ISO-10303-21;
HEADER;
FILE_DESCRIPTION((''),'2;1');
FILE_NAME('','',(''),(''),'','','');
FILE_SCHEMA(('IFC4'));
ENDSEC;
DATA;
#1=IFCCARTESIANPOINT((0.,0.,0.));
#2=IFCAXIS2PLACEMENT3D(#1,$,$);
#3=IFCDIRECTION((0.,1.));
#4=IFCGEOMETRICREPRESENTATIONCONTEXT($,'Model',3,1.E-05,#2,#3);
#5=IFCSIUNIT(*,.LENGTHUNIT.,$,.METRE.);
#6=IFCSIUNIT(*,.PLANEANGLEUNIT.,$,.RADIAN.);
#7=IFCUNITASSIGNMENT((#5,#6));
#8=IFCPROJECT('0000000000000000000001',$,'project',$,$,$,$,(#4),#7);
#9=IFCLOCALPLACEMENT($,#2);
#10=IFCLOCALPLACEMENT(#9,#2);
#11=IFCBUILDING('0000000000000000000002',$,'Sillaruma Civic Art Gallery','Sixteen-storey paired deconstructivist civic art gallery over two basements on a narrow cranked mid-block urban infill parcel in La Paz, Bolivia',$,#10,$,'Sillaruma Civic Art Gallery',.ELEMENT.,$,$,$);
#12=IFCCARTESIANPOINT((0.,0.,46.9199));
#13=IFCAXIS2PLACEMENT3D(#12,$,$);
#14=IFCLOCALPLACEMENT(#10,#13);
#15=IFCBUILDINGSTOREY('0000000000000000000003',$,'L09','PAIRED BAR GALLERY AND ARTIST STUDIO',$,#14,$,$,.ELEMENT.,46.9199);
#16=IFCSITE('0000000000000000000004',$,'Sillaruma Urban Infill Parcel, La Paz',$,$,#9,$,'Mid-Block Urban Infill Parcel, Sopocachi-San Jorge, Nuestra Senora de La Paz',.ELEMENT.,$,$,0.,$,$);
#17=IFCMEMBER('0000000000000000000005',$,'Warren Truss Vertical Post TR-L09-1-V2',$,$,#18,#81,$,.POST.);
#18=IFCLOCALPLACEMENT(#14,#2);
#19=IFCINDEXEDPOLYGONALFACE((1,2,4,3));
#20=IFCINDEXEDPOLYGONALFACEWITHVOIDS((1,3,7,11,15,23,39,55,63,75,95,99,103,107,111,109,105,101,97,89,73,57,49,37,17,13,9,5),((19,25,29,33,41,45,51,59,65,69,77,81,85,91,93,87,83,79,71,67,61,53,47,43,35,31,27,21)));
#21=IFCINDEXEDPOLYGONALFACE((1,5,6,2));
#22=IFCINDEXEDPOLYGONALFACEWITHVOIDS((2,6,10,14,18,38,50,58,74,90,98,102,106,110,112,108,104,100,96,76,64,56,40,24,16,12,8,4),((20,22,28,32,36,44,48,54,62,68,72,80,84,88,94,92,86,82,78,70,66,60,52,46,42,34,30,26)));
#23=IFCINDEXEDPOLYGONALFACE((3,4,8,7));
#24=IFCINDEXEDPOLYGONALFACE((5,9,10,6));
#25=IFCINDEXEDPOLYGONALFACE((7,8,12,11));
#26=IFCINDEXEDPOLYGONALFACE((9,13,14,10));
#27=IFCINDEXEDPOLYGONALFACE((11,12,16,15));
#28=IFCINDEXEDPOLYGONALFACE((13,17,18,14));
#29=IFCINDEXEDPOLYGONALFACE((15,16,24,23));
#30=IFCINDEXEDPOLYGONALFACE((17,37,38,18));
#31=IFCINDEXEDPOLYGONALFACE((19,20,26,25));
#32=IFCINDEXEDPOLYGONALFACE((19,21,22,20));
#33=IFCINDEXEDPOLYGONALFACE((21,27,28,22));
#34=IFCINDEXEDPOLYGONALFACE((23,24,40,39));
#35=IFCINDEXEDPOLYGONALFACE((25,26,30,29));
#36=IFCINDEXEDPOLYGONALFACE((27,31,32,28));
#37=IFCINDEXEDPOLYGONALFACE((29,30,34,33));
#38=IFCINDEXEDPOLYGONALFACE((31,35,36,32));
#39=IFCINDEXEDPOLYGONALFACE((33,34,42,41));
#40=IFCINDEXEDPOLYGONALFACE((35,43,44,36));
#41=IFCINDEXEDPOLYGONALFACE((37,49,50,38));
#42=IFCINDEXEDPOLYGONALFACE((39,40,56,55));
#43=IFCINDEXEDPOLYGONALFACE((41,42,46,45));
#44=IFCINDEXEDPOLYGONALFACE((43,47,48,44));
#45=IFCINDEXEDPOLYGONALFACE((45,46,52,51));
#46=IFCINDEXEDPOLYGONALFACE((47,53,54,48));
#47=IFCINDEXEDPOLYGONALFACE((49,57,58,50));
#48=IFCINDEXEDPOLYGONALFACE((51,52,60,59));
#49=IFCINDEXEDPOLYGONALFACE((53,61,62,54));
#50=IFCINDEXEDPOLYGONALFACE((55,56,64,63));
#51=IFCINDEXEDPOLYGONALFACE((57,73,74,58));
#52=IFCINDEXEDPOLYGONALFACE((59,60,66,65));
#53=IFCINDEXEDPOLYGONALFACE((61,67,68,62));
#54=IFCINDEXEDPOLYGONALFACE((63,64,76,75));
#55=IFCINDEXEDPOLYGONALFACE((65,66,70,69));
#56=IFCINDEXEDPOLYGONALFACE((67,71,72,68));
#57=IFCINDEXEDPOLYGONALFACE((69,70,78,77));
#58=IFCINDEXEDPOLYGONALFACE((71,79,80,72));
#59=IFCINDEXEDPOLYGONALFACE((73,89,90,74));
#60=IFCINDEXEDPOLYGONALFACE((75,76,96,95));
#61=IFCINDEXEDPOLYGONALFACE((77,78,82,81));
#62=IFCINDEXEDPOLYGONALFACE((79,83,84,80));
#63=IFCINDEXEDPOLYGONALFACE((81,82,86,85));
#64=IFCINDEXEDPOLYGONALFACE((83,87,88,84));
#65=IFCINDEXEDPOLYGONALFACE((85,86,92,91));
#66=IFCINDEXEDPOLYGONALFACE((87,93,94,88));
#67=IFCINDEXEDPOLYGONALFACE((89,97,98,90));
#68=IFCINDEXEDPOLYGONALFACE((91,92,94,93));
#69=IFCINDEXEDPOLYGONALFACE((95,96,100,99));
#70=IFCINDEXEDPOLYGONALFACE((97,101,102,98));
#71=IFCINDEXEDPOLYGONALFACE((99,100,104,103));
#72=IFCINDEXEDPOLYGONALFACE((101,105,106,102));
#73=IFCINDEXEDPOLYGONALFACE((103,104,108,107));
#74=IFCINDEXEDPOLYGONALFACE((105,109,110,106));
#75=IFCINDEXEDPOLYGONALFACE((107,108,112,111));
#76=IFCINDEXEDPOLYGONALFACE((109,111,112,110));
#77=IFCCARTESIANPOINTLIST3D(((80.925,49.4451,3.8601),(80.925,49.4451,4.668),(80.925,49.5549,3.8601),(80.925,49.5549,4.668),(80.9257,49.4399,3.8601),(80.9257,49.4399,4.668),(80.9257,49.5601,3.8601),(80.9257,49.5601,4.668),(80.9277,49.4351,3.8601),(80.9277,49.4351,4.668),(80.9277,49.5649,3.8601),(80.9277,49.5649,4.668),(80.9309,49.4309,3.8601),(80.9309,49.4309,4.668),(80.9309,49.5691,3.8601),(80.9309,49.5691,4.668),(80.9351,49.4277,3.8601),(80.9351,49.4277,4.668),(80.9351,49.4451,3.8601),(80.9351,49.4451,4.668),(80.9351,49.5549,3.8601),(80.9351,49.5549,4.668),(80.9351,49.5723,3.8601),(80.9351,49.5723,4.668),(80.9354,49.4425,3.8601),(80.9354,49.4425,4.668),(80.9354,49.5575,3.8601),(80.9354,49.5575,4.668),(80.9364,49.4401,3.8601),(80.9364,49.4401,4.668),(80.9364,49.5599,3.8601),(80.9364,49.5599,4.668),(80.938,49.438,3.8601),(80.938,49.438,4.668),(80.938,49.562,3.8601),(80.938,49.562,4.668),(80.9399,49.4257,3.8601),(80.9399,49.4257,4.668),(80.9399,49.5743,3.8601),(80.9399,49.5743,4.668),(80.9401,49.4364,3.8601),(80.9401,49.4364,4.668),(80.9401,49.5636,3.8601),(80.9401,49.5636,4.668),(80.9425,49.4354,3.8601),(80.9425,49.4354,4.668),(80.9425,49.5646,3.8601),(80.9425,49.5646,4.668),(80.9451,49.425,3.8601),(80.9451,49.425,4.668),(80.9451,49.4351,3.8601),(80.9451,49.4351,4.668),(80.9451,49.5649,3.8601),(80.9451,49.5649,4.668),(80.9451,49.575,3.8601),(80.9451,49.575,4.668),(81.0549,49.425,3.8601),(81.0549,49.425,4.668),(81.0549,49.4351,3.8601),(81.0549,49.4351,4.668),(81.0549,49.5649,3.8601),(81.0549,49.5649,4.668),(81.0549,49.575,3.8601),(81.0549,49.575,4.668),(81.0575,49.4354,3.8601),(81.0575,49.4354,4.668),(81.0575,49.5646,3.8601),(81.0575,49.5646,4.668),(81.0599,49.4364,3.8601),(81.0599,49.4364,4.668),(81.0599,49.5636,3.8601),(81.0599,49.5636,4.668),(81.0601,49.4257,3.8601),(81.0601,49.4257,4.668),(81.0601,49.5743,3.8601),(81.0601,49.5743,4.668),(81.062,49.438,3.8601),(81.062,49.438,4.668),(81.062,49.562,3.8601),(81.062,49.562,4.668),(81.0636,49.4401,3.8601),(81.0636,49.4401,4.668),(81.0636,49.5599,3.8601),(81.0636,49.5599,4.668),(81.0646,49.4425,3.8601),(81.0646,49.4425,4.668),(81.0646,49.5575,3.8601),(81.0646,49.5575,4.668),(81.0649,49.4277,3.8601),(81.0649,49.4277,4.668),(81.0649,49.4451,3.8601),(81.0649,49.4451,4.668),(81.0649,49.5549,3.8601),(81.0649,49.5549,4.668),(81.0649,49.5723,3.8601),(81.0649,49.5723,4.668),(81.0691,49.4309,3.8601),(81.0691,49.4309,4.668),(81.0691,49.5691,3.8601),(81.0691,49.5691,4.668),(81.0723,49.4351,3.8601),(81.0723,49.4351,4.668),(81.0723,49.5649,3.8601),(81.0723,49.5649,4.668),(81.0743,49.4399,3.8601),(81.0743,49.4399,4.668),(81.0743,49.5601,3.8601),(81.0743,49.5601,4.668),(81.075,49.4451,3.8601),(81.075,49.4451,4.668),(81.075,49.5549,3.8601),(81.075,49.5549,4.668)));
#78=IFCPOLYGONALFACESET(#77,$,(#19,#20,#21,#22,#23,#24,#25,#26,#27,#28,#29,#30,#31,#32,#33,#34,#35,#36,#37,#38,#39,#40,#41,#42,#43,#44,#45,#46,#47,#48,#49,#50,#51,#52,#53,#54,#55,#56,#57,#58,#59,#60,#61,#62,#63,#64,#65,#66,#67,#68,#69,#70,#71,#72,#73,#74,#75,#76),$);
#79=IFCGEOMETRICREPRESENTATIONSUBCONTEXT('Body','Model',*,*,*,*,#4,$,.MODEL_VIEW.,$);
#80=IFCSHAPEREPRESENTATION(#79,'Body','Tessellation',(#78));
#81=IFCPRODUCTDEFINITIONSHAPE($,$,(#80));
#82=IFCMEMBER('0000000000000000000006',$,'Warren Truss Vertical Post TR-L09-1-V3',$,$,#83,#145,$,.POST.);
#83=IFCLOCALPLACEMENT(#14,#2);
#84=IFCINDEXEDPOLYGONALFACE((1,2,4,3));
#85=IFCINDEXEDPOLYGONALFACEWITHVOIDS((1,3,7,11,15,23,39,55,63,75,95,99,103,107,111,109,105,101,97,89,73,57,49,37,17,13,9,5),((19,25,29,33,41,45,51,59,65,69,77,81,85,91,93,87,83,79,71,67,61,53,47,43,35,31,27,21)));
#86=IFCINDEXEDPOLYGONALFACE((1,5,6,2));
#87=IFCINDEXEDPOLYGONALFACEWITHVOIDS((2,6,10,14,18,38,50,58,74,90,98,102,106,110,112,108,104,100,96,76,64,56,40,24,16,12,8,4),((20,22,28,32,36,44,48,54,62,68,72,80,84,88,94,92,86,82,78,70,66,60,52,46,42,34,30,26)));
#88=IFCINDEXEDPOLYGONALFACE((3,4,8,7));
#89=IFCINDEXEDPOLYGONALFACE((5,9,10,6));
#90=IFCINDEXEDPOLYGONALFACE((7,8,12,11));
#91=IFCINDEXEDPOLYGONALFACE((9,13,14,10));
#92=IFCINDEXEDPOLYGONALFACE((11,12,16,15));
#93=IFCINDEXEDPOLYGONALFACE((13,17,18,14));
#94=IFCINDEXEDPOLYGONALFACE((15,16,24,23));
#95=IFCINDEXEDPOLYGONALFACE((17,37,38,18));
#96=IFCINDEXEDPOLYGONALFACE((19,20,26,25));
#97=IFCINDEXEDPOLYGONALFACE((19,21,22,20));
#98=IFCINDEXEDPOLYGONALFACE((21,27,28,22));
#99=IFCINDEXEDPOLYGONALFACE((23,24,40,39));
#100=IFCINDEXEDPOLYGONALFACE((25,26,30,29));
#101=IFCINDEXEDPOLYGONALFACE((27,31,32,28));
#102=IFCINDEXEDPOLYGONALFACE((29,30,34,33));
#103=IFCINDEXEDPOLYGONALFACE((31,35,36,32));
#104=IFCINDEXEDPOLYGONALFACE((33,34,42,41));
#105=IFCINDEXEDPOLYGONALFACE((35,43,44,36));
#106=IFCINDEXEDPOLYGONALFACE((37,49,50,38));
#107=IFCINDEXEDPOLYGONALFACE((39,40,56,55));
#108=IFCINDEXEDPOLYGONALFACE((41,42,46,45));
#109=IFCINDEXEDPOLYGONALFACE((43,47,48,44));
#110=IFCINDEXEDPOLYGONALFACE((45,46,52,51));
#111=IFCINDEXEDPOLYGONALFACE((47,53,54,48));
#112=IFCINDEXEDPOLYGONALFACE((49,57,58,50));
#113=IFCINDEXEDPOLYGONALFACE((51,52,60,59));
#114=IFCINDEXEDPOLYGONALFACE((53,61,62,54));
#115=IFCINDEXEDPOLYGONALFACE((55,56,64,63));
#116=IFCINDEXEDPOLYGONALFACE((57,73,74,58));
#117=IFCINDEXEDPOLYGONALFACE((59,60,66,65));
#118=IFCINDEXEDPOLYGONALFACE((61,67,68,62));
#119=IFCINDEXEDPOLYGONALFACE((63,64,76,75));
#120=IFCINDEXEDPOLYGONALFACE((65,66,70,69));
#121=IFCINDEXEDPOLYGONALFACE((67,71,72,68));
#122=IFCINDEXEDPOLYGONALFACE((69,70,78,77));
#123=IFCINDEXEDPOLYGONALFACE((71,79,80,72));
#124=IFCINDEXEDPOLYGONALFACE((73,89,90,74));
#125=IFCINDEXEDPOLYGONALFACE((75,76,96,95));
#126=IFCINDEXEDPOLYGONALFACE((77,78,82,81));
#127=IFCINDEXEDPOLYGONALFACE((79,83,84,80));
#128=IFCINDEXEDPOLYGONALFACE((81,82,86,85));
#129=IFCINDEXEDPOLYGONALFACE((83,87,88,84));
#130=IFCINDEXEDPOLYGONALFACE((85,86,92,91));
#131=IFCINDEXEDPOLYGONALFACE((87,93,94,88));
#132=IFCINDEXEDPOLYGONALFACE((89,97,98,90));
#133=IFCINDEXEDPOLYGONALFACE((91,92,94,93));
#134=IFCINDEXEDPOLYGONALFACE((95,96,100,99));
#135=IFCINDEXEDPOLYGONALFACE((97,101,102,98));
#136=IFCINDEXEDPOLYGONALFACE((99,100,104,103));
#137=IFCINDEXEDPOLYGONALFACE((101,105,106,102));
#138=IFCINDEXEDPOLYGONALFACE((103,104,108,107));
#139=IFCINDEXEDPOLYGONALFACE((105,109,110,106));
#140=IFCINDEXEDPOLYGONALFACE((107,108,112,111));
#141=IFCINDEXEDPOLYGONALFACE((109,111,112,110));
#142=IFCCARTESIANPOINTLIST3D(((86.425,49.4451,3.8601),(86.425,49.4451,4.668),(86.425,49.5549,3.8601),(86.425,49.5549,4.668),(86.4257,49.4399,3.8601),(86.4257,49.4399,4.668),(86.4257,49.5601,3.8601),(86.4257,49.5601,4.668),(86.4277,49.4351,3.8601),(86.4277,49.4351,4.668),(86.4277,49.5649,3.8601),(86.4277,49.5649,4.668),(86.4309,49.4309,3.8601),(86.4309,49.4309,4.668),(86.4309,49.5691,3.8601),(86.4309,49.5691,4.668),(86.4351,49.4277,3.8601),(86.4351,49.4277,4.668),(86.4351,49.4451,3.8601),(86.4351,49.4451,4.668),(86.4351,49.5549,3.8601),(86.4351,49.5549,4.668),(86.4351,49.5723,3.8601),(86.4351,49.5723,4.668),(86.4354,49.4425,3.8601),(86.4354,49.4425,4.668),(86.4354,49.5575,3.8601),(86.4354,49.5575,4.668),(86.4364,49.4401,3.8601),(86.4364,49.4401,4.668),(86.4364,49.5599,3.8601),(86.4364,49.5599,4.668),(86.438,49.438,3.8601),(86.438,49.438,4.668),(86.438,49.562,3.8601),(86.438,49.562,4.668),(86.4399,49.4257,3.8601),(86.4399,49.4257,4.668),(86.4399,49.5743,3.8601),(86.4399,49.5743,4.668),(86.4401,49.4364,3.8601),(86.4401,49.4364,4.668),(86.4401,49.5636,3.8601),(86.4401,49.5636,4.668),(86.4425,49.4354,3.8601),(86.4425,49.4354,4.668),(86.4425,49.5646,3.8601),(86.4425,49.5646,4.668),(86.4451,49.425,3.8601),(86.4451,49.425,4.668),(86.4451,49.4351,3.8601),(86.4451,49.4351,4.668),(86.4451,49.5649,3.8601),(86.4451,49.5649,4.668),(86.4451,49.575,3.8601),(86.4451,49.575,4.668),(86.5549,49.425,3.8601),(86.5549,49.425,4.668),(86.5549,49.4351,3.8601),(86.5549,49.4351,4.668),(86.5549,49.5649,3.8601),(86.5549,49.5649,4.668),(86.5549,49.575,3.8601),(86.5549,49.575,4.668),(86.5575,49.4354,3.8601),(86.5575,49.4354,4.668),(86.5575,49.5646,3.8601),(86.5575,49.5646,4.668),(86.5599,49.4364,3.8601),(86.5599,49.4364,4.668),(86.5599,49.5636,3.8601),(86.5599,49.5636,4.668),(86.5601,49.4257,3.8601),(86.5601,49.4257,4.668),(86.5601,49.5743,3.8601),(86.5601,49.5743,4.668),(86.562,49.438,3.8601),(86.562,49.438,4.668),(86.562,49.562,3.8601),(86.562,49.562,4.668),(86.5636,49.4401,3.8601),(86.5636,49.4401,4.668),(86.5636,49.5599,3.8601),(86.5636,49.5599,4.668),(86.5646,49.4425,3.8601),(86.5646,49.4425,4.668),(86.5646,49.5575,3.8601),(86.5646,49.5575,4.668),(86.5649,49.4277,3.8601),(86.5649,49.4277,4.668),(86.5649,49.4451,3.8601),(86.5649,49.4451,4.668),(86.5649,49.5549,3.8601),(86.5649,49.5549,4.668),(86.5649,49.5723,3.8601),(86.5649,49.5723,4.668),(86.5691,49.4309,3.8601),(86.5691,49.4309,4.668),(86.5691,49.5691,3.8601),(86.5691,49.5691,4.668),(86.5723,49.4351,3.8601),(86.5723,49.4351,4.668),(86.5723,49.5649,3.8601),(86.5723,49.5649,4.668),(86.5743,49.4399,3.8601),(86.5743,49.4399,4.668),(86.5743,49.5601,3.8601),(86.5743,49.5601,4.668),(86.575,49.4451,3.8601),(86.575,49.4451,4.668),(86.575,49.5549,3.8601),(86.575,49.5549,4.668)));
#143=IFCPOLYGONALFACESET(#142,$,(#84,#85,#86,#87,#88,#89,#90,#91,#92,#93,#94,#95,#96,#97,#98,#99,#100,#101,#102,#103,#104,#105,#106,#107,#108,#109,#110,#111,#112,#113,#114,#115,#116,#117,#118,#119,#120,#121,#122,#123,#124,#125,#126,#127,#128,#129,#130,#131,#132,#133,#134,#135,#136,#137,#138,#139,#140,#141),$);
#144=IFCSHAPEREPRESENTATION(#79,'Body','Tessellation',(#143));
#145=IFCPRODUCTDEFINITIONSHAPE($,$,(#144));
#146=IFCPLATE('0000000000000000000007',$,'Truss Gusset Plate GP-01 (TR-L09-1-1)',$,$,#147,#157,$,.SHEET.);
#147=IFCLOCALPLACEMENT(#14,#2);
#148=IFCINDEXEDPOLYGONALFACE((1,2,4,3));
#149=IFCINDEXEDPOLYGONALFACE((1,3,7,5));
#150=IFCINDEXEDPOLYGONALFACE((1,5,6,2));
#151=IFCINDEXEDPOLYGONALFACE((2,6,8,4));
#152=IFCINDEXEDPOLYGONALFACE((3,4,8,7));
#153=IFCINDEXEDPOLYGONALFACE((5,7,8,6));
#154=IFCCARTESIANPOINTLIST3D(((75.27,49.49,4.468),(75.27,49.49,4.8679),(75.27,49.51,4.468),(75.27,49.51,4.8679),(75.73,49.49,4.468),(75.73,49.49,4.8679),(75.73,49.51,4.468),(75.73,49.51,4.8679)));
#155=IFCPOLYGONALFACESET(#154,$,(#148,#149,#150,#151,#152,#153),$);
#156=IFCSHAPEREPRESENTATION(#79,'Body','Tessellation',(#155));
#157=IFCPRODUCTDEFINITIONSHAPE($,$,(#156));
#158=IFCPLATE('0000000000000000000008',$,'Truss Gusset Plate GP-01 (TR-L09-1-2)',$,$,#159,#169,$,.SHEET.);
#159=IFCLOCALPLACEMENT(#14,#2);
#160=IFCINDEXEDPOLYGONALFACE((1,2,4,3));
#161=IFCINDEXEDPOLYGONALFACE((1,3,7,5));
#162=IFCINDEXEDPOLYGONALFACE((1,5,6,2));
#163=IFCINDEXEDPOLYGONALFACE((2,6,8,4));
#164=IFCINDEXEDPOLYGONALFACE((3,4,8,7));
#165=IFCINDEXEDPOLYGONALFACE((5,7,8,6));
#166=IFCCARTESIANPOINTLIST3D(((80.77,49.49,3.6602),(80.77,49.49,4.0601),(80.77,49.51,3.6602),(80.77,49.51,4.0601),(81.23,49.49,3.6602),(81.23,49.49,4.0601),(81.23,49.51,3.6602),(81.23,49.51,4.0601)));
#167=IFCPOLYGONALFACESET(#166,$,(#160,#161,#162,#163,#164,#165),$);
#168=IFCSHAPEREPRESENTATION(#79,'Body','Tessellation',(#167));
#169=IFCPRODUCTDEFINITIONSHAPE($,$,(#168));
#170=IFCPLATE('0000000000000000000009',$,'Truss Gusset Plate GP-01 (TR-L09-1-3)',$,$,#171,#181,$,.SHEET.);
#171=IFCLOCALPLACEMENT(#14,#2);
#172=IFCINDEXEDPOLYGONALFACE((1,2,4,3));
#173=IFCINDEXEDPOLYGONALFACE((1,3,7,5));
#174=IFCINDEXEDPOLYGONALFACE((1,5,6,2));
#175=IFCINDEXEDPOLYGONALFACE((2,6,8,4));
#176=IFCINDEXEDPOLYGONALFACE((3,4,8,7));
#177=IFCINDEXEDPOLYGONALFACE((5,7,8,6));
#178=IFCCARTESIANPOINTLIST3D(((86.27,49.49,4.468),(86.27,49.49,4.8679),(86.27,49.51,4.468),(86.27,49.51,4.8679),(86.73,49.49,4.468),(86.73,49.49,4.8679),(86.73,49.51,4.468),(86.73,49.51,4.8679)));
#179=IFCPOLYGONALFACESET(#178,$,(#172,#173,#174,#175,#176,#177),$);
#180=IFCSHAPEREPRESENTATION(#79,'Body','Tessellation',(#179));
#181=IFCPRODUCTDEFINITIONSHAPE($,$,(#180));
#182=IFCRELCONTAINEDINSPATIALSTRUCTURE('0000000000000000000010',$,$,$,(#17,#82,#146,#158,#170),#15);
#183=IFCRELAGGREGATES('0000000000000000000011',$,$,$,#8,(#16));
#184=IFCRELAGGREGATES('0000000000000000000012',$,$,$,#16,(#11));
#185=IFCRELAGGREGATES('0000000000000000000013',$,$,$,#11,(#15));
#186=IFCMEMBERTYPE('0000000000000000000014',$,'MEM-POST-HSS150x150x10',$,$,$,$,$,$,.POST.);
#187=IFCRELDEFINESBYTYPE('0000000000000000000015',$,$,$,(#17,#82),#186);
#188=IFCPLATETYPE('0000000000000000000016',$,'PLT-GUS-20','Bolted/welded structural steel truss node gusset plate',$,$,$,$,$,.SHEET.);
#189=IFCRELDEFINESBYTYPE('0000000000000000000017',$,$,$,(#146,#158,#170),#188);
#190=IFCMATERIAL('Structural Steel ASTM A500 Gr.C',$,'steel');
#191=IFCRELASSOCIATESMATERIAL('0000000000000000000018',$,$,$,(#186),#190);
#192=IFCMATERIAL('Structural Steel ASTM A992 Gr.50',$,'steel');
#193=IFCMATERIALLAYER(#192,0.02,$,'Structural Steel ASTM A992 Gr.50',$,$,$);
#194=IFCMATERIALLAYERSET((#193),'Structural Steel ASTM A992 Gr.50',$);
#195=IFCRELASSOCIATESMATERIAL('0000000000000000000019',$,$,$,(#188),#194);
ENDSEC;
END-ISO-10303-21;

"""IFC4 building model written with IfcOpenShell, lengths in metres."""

from ifc_helpers import new_model, si_unit, direction, frame, origin, origin_2d, place, context, subcontext, project, spatial, rectangle, hollow_rectangle, extrude, material, layer, layer_set, material_profile, profile_set, type_object, element, save


model = new_model("IFC4")

# Units and contexts
model_context = context("Model", 3, precision=1e-05, world=origin(), true_north=direction((0.0, 1.0)))
body_context = subcontext(model_context, "Body", "Model", "MODEL_VIEW")
ifc_project = project(units=[si_unit("LENGTHUNIT", "METRE"), si_unit("PLANEANGLEUNIT", "RADIAN")], contexts=[model_context])

# Site, building, storey
site_placement = place(None, origin())
site = spatial("IfcSite", under=ifc_project, at=site_placement, Name="Sillaruma Urban Infill Parcel, La Paz", LongName="Mid-Block Urban Infill Parcel, Sopocachi-San Jorge, Nuestra Senora de La Paz", CompositionType="ELEMENT", RefElevation=0.0)
building_placement = place(site_placement, origin())
building = spatial("IfcBuilding", under=site, at=building_placement, Name="Sillaruma Civic Art Gallery", Description="Sixteen-storey paired deconstructivist civic art gallery over two basements on a narrow cranked mid-block urban infill parcel in La Paz, Bolivia", LongName="Sillaruma Civic Art Gallery", CompositionType="ELEMENT")
storey_placement = place(building_placement, frame((0.0, 0.0, 46.9199)))
storey = spatial("IfcBuildingStorey", under=building, at=storey_placement, Name="L09", Description="PAIRED BAR GALLERY AND ARTIST STUDIO", CompositionType="ELEMENT", Elevation=46.9199)

# Shared definitions
ifc_material_1 = material(Name="Structural Steel ASTM A992 Gr.50", Category="steel")
ifc_material_2 = material(Name="Structural Steel ASTM A500 Gr.C", Category="steel")

# Members
ifc_material_profile_1 = material_profile(ifc_material_2, hollow_rectangle(XDim=0.1499, YDim=0.1499, WallThickness=0.01, InnerFilletRadius=0.01, OuterFilletRadius=0.02, at=origin_2d()), Name="HSS150x150x10")
ifc_profile_set_1 = profile_set([ifc_material_profile_1], Name="Structural Steel ASTM A500 Gr.C")
member_type_1 = type_object("IfcMemberType", Name="MEM-POST-HSS150x150x10", PredefinedType="POST", material=ifc_profile_set_1)
for number, where, z_axis, x_axis, name in (
    (1, (81.0, 49.5, 3.8601), (0.0, 0.0, 1.0), (1.0, 0.0, 0.0), "Warren Truss Vertical Post TR-L09-1-V2"),
    (2, (86.5, 49.5, 3.8601), (0.0, 0.0, 1.0), (1.0, 0.0, 0.0), "Warren Truss Vertical Post TR-L09-1-V3"),
):
    element("IfcMember", number, at=place(storey_placement, frame(where, z_axis=z_axis, x_axis=x_axis)), inside=storey, type_object=member_type_1, Name=name, PredefinedType="POST", context=body_context, shape_type="SweptSolid", body=[
        extrude(hollow_rectangle(XDim=0.1499, YDim=0.1499, WallThickness=0.01, InnerFilletRadius=0.01, OuterFilletRadius=0.02, at=origin_2d()), origin(), (0.0, 0.0, 1.0), 0.8079),
    ])

# Plates
ifc_layer_1 = layer(ifc_material_1, 0.02, Name="Structural Steel ASTM A992 Gr.50")
ifc_layer_set_1 = layer_set([ifc_layer_1], Name="Structural Steel ASTM A992 Gr.50")
plate_type = type_object("IfcPlateType", Name="PLT-GUS-20", Description="Bolted/welded structural steel truss node gusset plate", PredefinedType="SHEET", material=ifc_layer_set_1)
for number, where, z_axis, x_axis, name in (
    (3, (75.5, 49.5, 4.468), (0.0, 0.0, 1.0), (1.0, 0.0, 0.0), "Truss Gusset Plate GP-01 (TR-L09-1-1)"),
    (4, (81.0, 49.5, 3.6602), (0.0, 0.0, 1.0), (1.0, 0.0, 0.0), "Truss Gusset Plate GP-01 (TR-L09-1-2)"),
    (5, (86.5, 49.5, 4.468), (0.0, 0.0, 1.0), (1.0, 0.0, 0.0), "Truss Gusset Plate GP-01 (TR-L09-1-3)"),
):
    element("IfcPlate", number, at=place(storey_placement, frame(where, z_axis=z_axis, x_axis=x_axis)), inside=storey, type_object=plate_type, Name=name, PredefinedType="SHEET", context=body_context, shape_type="SweptSolid", body=[
        extrude(rectangle(XDim=0.46, YDim=0.02, at=origin_2d()), origin(), (0.0, 0.0, 1.0), 0.3999),
    ])

save(model, "model.ifc")
